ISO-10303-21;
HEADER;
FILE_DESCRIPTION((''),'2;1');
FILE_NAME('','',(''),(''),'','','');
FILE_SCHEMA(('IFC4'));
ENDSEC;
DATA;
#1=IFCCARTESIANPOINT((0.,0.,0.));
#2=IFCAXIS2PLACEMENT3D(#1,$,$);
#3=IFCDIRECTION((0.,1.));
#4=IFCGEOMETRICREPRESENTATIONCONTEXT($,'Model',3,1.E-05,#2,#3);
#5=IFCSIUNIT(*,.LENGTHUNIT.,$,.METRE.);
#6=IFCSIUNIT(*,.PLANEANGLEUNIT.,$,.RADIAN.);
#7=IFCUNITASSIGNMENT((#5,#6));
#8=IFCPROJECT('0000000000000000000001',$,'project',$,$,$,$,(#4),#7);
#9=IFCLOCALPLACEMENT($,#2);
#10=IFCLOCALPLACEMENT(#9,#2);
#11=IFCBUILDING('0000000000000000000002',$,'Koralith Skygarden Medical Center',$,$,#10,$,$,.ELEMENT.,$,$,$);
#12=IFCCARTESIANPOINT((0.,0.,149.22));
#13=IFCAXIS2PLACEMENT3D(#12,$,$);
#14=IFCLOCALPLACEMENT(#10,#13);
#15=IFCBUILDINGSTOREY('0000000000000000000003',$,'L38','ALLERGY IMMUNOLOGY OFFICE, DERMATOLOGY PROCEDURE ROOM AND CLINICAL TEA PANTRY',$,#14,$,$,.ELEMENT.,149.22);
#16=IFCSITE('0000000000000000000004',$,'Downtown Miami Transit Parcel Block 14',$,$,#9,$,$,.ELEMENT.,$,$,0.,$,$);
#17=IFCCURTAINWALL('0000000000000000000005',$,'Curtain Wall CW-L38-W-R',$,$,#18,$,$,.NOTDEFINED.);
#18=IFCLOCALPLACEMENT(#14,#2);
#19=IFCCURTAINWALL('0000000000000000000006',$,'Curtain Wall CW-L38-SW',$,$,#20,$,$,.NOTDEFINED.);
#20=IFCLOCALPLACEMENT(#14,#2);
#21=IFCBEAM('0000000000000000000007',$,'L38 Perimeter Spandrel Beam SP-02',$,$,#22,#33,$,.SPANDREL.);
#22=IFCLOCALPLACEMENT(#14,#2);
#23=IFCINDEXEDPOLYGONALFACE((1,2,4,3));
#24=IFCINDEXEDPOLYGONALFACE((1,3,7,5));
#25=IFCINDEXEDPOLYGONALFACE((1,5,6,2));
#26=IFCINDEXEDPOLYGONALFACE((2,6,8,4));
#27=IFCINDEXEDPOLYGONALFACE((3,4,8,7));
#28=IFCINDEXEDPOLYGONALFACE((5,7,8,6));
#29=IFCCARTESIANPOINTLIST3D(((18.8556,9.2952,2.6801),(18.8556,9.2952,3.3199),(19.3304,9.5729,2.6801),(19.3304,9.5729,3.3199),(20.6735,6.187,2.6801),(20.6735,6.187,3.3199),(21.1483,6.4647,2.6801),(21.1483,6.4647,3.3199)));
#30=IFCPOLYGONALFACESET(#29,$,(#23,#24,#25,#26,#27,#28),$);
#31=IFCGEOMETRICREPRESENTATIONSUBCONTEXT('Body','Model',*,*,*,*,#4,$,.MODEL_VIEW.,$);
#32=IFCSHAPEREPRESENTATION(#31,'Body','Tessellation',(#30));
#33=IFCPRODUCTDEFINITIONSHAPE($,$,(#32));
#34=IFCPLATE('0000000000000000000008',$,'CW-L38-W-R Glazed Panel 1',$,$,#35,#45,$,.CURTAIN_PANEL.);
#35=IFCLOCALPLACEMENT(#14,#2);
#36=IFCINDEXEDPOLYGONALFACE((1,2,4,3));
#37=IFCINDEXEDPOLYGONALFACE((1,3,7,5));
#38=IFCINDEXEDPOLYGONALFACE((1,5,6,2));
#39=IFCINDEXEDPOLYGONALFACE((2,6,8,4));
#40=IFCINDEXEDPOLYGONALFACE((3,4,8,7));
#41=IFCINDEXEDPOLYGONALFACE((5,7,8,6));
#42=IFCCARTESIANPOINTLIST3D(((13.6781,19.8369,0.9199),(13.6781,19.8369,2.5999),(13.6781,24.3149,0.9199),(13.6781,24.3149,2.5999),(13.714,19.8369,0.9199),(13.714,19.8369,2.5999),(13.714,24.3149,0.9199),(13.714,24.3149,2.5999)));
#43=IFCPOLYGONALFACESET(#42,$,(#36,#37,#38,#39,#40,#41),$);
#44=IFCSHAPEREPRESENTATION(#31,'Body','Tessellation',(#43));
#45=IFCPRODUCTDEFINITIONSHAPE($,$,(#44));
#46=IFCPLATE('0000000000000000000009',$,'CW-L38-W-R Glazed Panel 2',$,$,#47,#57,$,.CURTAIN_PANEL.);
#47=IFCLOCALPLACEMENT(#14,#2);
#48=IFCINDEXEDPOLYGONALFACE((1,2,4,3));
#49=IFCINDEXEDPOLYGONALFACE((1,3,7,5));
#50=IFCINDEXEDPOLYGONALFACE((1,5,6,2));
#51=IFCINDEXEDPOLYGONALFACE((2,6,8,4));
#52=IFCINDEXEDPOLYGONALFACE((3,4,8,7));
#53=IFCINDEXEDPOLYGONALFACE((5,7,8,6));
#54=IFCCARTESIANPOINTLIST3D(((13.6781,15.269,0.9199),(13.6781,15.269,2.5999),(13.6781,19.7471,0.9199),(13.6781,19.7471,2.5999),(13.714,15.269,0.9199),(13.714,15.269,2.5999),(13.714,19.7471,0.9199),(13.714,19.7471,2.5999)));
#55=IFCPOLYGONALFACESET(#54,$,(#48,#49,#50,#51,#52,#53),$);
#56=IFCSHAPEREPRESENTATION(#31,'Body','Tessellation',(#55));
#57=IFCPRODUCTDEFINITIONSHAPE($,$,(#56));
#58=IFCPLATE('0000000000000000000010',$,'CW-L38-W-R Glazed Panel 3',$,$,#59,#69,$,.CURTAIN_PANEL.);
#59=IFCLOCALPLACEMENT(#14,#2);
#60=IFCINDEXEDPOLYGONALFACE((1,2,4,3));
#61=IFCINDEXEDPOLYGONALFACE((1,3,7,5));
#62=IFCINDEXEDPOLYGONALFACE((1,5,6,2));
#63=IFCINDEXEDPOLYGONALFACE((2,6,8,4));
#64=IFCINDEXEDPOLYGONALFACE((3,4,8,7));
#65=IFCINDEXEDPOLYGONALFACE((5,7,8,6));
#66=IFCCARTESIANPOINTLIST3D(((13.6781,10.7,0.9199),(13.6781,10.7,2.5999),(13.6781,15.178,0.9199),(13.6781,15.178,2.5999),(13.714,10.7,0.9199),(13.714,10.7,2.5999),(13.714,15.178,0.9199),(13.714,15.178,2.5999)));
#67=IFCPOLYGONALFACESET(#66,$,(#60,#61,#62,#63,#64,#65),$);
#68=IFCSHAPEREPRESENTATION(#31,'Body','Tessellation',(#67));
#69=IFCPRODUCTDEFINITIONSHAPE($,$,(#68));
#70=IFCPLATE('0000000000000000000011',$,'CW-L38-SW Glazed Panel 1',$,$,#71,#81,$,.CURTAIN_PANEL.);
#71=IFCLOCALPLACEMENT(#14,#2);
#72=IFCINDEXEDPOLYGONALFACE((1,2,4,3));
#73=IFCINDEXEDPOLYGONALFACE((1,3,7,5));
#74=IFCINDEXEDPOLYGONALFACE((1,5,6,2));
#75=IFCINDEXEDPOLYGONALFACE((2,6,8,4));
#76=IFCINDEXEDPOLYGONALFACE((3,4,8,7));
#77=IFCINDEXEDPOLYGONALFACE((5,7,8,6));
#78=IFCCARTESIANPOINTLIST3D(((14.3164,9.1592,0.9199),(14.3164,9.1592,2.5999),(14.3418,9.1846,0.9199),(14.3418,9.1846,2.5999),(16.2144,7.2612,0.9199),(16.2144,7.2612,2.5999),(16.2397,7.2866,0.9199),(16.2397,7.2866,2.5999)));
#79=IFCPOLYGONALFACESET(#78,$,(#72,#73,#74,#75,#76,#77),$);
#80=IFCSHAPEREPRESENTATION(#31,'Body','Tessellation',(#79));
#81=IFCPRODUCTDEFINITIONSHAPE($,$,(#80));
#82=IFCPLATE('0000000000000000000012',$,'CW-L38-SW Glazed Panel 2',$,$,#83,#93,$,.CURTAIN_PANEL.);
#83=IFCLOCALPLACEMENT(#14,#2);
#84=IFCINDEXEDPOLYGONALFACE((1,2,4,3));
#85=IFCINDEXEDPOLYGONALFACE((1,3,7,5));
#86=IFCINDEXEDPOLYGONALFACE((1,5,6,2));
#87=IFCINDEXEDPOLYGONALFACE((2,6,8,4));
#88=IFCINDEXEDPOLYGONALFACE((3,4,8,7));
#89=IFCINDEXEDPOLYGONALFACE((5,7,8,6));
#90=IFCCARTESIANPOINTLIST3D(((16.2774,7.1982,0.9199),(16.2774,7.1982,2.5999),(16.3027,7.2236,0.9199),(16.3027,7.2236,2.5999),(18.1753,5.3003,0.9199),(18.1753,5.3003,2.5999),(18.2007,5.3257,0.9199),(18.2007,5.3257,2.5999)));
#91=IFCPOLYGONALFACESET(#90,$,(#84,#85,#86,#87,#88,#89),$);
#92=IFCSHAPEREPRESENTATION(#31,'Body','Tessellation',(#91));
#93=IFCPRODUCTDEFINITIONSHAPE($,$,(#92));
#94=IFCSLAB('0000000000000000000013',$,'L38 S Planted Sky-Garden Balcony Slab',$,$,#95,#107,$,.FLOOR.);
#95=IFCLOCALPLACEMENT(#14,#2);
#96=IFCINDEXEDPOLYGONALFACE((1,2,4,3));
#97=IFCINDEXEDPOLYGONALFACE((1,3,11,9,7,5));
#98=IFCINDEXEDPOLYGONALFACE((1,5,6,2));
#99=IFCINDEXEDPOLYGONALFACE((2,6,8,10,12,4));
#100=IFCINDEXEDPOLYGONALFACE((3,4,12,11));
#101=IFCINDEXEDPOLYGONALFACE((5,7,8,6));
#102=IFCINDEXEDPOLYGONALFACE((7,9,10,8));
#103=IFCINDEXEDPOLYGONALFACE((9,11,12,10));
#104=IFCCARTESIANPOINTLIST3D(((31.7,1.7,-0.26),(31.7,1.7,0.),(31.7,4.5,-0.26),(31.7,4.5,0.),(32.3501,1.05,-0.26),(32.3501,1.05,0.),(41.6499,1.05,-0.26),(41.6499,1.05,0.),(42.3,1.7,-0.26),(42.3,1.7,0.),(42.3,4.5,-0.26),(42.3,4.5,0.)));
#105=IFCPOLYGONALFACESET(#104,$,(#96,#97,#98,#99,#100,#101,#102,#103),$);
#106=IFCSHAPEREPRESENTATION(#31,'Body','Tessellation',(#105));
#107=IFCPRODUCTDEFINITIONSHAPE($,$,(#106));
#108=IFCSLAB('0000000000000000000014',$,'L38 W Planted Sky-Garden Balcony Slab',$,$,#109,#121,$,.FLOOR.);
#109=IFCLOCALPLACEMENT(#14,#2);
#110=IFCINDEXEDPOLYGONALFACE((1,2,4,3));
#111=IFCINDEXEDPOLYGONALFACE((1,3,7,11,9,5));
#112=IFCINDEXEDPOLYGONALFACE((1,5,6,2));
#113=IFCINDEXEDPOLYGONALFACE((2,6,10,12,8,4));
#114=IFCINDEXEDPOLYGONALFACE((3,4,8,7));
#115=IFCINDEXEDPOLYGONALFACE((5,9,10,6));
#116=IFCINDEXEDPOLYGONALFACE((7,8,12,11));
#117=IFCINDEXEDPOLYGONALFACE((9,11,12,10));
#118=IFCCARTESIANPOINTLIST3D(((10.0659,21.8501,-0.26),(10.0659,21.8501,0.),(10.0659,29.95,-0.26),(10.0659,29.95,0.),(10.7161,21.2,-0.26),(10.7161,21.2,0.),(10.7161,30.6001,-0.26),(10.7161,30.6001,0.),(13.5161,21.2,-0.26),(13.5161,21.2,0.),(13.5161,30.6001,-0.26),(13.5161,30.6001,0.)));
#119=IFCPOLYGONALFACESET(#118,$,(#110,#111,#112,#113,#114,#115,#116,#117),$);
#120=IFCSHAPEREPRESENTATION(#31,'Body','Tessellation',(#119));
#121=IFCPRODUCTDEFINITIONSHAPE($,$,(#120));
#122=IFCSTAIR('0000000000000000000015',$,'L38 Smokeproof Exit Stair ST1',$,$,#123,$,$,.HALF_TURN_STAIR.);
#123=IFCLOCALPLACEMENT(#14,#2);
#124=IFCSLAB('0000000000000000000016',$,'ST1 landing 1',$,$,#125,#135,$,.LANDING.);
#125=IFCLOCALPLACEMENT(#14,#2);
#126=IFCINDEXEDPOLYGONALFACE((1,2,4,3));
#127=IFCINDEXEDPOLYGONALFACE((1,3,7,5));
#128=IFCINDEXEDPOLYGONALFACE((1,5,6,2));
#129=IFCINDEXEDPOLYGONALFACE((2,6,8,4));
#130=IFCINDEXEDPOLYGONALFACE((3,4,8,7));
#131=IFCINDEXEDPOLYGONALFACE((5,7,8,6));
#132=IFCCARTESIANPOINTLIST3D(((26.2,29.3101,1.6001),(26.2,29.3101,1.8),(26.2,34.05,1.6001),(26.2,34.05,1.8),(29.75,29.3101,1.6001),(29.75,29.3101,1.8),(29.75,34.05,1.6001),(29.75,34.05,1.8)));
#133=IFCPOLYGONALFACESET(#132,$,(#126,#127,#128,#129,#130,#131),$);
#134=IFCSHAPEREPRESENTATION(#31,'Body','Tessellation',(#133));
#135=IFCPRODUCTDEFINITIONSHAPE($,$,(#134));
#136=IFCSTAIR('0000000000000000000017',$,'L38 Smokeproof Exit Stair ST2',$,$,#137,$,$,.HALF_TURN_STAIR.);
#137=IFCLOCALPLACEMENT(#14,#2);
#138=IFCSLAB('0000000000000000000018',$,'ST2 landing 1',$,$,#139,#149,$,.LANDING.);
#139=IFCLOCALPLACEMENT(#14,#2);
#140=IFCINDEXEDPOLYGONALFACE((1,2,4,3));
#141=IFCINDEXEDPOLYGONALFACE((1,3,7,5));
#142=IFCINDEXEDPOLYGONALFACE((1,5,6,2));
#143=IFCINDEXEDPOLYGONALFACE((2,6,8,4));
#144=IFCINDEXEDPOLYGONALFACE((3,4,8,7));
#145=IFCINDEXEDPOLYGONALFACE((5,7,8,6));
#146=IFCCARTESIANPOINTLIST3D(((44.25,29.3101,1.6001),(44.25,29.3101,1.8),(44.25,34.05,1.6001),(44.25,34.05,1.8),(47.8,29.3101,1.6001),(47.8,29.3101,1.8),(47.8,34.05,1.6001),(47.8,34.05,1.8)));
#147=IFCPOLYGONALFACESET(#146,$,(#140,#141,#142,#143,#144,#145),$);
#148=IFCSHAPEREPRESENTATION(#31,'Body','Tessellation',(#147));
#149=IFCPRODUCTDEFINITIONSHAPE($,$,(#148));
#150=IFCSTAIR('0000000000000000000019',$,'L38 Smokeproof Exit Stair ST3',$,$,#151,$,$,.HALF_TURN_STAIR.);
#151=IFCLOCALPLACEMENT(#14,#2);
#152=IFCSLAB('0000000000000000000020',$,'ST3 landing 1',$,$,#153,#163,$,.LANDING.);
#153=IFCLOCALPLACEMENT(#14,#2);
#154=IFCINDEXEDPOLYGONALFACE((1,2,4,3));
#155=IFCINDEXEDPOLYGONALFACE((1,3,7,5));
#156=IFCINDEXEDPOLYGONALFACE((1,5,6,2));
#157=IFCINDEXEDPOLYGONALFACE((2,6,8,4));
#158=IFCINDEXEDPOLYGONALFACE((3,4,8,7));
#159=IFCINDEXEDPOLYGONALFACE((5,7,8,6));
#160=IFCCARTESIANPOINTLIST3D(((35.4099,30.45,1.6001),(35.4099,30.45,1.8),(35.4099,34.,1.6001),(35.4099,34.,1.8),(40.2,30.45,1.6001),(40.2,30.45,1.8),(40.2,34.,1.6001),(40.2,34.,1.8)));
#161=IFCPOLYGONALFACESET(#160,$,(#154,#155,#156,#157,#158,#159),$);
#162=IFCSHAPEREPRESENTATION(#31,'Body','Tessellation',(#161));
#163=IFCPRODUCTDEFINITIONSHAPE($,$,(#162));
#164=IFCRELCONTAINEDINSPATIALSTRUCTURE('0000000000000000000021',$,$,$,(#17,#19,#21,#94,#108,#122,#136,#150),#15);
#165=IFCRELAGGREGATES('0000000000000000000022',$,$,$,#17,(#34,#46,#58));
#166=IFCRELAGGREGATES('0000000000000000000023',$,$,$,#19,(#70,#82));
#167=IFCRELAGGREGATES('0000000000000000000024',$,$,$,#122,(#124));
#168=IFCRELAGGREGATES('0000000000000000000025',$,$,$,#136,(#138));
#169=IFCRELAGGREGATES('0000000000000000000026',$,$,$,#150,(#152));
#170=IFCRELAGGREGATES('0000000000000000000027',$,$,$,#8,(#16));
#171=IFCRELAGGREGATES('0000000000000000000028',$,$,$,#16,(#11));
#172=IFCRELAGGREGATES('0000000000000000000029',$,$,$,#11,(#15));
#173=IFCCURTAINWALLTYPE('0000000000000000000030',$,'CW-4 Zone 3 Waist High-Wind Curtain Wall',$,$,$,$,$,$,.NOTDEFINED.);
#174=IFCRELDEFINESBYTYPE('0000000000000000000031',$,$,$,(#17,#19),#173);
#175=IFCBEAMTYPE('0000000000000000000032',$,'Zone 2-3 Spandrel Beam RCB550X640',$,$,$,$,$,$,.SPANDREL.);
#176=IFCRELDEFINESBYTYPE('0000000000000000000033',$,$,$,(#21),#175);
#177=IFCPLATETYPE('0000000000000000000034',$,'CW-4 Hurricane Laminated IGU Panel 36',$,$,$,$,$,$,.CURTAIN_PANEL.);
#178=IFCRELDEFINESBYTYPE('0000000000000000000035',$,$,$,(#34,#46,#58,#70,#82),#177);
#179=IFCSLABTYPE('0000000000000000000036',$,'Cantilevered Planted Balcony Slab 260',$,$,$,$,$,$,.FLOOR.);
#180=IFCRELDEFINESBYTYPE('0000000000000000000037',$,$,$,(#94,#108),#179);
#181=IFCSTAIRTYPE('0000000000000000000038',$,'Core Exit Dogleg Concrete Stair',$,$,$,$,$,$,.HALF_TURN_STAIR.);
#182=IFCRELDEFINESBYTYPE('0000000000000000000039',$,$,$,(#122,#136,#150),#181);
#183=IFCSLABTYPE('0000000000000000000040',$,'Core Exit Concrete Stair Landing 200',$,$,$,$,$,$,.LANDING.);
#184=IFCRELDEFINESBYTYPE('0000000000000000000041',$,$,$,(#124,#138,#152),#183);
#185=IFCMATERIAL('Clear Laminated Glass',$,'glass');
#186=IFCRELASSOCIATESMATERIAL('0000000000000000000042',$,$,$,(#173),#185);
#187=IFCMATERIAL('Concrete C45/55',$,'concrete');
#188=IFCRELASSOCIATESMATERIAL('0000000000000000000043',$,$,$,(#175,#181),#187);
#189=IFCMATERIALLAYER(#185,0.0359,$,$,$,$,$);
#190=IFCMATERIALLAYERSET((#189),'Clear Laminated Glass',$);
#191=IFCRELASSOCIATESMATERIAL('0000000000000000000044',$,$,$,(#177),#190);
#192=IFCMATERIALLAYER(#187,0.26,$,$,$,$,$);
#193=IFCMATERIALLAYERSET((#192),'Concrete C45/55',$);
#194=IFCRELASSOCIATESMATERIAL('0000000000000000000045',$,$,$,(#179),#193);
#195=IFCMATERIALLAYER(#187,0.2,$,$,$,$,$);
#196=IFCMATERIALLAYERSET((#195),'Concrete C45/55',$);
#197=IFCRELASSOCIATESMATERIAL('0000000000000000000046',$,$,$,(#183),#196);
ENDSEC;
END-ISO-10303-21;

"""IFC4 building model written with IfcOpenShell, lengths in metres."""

from ifc_helpers import new_model, si_unit, direction, frame, origin, origin_2d, place, context, subcontext, project, spatial, polyline, rectangle, outline, extrude, material, layer, layer_set, material_profile, profile_set, type_object, element, aggregate, save


model = new_model("IFC4")

# Units and contexts
model_context = context("Model", 3, precision=1e-05, world=origin(), true_north=direction((0.0, 1.0)))
body_context = subcontext(model_context, "Body", "Model", "MODEL_VIEW")
ifc_project = project(units=[si_unit("LENGTHUNIT", "METRE"), si_unit("PLANEANGLEUNIT", "RADIAN")], contexts=[model_context])

# Site, building, storey
site_placement = place(None, origin())
site = spatial("IfcSite", under=ifc_project, at=site_placement, Name="Downtown Miami Transit Parcel Block 14", CompositionType="ELEMENT", RefElevation=0.0)
building_placement = place(site_placement, origin())
building = spatial("IfcBuilding", under=site, at=building_placement, Name="Koralith Skygarden Medical Center", CompositionType="ELEMENT")
storey_placement = place(building_placement, frame((0.0, 0.0, 149.22)))
storey = spatial("IfcBuildingStorey", under=building, at=storey_placement, Name="L38", Description="ALLERGY IMMUNOLOGY OFFICE, DERMATOLOGY PROCEDURE ROOM AND CLINICAL TEA PANTRY", CompositionType="ELEMENT", Elevation=149.22)

# Curtain walls
ifc_material_1 = material(Name="Clear Laminated Glass", Category="glass")
curtain_wall_type = type_object("IfcCurtainWallType", Name="CW-4 Zone 3 Waist High-Wind Curtain Wall", PredefinedType="NOTDEFINED", material=ifc_material_1)
curtain_wall_1_placement = place(storey_placement, origin())
curtain_wall_1 = element("IfcCurtainWall", 1, at=curtain_wall_1_placement, inside=storey, type_object=curtain_wall_type, Name="Curtain Wall CW-L38-W-R", PredefinedType="NOTDEFINED")
curtain_wall_2_placement = place(storey_placement, origin())
curtain_wall_2 = element("IfcCurtainWall", 2, at=curtain_wall_2_placement, inside=storey, type_object=curtain_wall_type, Name="Curtain Wall CW-L38-SW", PredefinedType="NOTDEFINED")

# Beam
ifc_material_2 = material(Name="Concrete C45/55", Category="concrete")
ifc_material_profile_1 = material_profile(ifc_material_2, rectangle(XDim=0.55, YDim=0.6399, at=origin_2d()), Name="RCB550X640")
ifc_profile_set_1 = profile_set([ifc_material_profile_1], Name="Concrete C45/55")
beam_type = type_object("IfcBeamType", Name="Zone 2-3 Spandrel Beam RCB550X640", PredefinedType="SPANDREL", material=ifc_profile_set_1)
beam_1_placement = place(storey_placement, frame((19.093, 9.4341, 3.0), z_axis=(0.504861, -0.8632, 0.0), x_axis=(0.8632, 0.504861, 0.0)))
element("IfcBeam", 3, at=beam_1_placement, inside=storey, type_object=beam_type, Name="L38 Perimeter Spandrel Beam SP-02", PredefinedType="SPANDREL", context=body_context, shape_type="SweptSolid", body=[
    extrude(rectangle(XDim=0.55, YDim=0.6399, at=origin_2d()), origin(), (0.0, 0.0, 1.0), 3.6008),
])

# Plates
ifc_layer_1 = layer(ifc_material_1, 0.0359)
ifc_layer_set_1 = layer_set([ifc_layer_1], Name="Clear Laminated Glass")
plate_type_1 = type_object("IfcPlateType", Name="CW-4 Hurricane Laminated IGU Panel 36", PredefinedType="CURTAIN_PANEL", material=ifc_layer_set_1)
plate_1_placement = place(storey_placement, frame((13.696, 22.0759, 0.9199), z_axis=(0.0, 0.0, 1.0), x_axis=(0.0, -1.0, 0.0)))
plate_1 = element("IfcPlate", 4, at=plate_1_placement, type_object=plate_type_1, Name="CW-L38-W-R Glazed Panel 1", PredefinedType="CURTAIN_PANEL", context=body_context, shape_type="SweptSolid", body=[
    extrude(rectangle(XDim=4.478, YDim=0.0359, at=origin_2d()), origin(), (0.0, 0.0, 1.0), 1.6799),
])
plate_2_placement = place(storey_placement, frame((13.696, 17.5081, 0.9199), z_axis=(0.0, 0.0, 1.0), x_axis=(0.0, -1.0, 0.0)))
plate_2 = element("IfcPlate", 5, at=plate_2_placement, type_object=plate_type_1, Name="CW-L38-W-R Glazed Panel 2", PredefinedType="CURTAIN_PANEL", context=body_context, shape_type="SweptSolid", body=[
    extrude(rectangle(XDim=4.478, YDim=0.0359, at=origin_2d()), origin(), (0.0, 0.0, 1.0), 1.6799),
])
plate_3_placement = place(storey_placement, frame((13.696, 12.939, 0.9199), z_axis=(0.0, 0.0, 1.0), x_axis=(0.0, -1.0, 0.0)))
plate_3 = element("IfcPlate", 6, at=plate_3_placement, type_object=plate_type_1, Name="CW-L38-W-R Glazed Panel 3", PredefinedType="CURTAIN_PANEL", context=body_context, shape_type="SweptSolid", body=[
    extrude(rectangle(XDim=4.478, YDim=0.0359, at=origin_2d()), origin(), (0.0, 0.0, 1.0), 1.6799),
])
aggregate(curtain_wall_1, [plate_1, plate_2, plate_3])
plate_4_placement = place(storey_placement, frame((15.2781, 8.2229, 0.9199), z_axis=(0.0, 0.0, 1.0), x_axis=(0.707107, -0.707107, 0.0)))
plate_4 = element("IfcPlate", 7, at=plate_4_placement, type_object=plate_type_1, Name="CW-L38-SW Glazed Panel 1", PredefinedType="CURTAIN_PANEL", context=body_context, shape_type="SweptSolid", body=[
    extrude(rectangle(XDim=2.6841, YDim=0.0359, at=origin_2d()), origin(), (0.0, 0.0, 1.0), 1.6799),
])
plate_5_placement = place(storey_placement, frame((17.239, 6.262, 0.9199), z_axis=(0.0, 0.0, 1.0), x_axis=(0.707107, -0.707107, 0.0)))
plate_5 = element("IfcPlate", 8, at=plate_5_placement, type_object=plate_type_1, Name="CW-L38-SW Glazed Panel 2", PredefinedType="CURTAIN_PANEL", context=body_context, shape_type="SweptSolid", body=[
    extrude(rectangle(XDim=2.6841, YDim=0.0359, at=origin_2d()), origin(), (0.0, 0.0, 1.0), 1.6799),
])
aggregate(curtain_wall_2, [plate_4, plate_5])

# Slabs
ifc_layer_2 = layer(ifc_material_2, 0.26)
ifc_layer_set_2 = layer_set([ifc_layer_2], Name="Concrete C45/55")
slab_type_1 = type_object("IfcSlabType", Name="Cantilevered Planted Balcony Slab 260", PredefinedType="FLOOR", material=ifc_layer_set_2)
slab_1_placement = place(storey_placement, frame((0.0, 0.0, -0.26)))
element("IfcSlab", 9, at=slab_1_placement, inside=storey, type_object=slab_type_1, Name="L38 S Planted Sky-Garden Balcony Slab", PredefinedType="FLOOR", context=body_context, shape_type="SweptSolid", body=[
    extrude(outline(polyline([(32.3501, 1.05), (41.6499, 1.05), (42.3, 1.7), (42.3, 4.5), (31.7, 4.5), (31.7, 1.7), (32.3501, 1.05)])), origin(), (0.0, 0.0, 1.0), 0.26),
])
slab_2_placement = place(storey_placement, frame((0.0, 0.0, -0.26)))
element("IfcSlab", 10, at=slab_2_placement, inside=storey, type_object=slab_type_1, Name="L38 W Planted Sky-Garden Balcony Slab", PredefinedType="FLOOR", context=body_context, shape_type="SweptSolid", body=[
    extrude(outline(polyline([(10.7161, 21.2), (13.5161, 21.2), (13.5161, 30.6001), (10.7161, 30.6001), (10.0659, 29.95), (10.0659, 21.8501), (10.7161, 21.2)])), origin(), (0.0, 0.0, 1.0), 0.26),
])

# Stairs, slabs
stair_type = type_object("IfcStairType", Name="Core Exit Dogleg Concrete Stair", PredefinedType="HALF_TURN_STAIR", material=ifc_material_2)
stair_1_placement = place(storey_placement, origin())
stair_1 = element("IfcStair", 11, at=stair_1_placement, inside=storey, type_object=stair_type, Name="L38 Smokeproof Exit Stair ST1", PredefinedType="HALF_TURN_STAIR")
ifc_layer_3 = layer(ifc_material_2, 0.2)
ifc_layer_set_3 = layer_set([ifc_layer_3], Name="Concrete C45/55")
slab_type_2 = type_object("IfcSlabType", Name="Core Exit Concrete Stair Landing 200", PredefinedType="LANDING", material=ifc_layer_set_3)
slab_3_placement = place(storey_placement, frame((0.0, 0.0, 1.6001)))
slab_3 = element("IfcSlab", 12, at=slab_3_placement, type_object=slab_type_2, Name="ST1 landing 1", PredefinedType="LANDING", context=body_context, shape_type="SweptSolid", body=[
    extrude(outline(polyline([(29.75, 29.3101), (29.75, 34.05), (26.2, 34.05), (26.2, 29.3101), (29.75, 29.3101)])), origin(), (0.0, 0.0, 1.0), 0.2),
])
aggregate(stair_1, [slab_3])
stair_2_placement = place(storey_placement, origin())
stair_2 = element("IfcStair", 13, at=stair_2_placement, inside=storey, type_object=stair_type, Name="L38 Smokeproof Exit Stair ST2", PredefinedType="HALF_TURN_STAIR")
slab_4_placement = place(storey_placement, frame((0.0, 0.0, 1.6001)))
slab_4 = element("IfcSlab", 14, at=slab_4_placement, type_object=slab_type_2, Name="ST2 landing 1", PredefinedType="LANDING", context=body_context, shape_type="SweptSolid", body=[
    extrude(outline(polyline([(47.8, 29.3101), (47.8, 34.05), (44.25, 34.05), (44.25, 29.3101), (47.8, 29.3101)])), origin(), (0.0, 0.0, 1.0), 0.2),
])
aggregate(stair_2, [slab_4])
stair_3_placement = place(storey_placement, origin())
stair_3 = element("IfcStair", 15, at=stair_3_placement, inside=storey, type_object=stair_type, Name="L38 Smokeproof Exit Stair ST3", PredefinedType="HALF_TURN_STAIR")
slab_5_placement = place(storey_placement, frame((0.0, 0.0, 1.6001)))
slab_5 = element("IfcSlab", 16, at=slab_5_placement, type_object=slab_type_2, Name="ST3 landing 1", PredefinedType="LANDING", context=body_context, shape_type="SweptSolid", body=[
    extrude(outline(polyline([(35.4099, 30.45), (40.2, 30.45), (40.2, 34.0), (35.4099, 34.0), (35.4099, 30.45)])), origin(), (0.0, 0.0, 1.0), 0.2),
])
aggregate(stair_3, [slab_5])

save(model, "model.ifc")
